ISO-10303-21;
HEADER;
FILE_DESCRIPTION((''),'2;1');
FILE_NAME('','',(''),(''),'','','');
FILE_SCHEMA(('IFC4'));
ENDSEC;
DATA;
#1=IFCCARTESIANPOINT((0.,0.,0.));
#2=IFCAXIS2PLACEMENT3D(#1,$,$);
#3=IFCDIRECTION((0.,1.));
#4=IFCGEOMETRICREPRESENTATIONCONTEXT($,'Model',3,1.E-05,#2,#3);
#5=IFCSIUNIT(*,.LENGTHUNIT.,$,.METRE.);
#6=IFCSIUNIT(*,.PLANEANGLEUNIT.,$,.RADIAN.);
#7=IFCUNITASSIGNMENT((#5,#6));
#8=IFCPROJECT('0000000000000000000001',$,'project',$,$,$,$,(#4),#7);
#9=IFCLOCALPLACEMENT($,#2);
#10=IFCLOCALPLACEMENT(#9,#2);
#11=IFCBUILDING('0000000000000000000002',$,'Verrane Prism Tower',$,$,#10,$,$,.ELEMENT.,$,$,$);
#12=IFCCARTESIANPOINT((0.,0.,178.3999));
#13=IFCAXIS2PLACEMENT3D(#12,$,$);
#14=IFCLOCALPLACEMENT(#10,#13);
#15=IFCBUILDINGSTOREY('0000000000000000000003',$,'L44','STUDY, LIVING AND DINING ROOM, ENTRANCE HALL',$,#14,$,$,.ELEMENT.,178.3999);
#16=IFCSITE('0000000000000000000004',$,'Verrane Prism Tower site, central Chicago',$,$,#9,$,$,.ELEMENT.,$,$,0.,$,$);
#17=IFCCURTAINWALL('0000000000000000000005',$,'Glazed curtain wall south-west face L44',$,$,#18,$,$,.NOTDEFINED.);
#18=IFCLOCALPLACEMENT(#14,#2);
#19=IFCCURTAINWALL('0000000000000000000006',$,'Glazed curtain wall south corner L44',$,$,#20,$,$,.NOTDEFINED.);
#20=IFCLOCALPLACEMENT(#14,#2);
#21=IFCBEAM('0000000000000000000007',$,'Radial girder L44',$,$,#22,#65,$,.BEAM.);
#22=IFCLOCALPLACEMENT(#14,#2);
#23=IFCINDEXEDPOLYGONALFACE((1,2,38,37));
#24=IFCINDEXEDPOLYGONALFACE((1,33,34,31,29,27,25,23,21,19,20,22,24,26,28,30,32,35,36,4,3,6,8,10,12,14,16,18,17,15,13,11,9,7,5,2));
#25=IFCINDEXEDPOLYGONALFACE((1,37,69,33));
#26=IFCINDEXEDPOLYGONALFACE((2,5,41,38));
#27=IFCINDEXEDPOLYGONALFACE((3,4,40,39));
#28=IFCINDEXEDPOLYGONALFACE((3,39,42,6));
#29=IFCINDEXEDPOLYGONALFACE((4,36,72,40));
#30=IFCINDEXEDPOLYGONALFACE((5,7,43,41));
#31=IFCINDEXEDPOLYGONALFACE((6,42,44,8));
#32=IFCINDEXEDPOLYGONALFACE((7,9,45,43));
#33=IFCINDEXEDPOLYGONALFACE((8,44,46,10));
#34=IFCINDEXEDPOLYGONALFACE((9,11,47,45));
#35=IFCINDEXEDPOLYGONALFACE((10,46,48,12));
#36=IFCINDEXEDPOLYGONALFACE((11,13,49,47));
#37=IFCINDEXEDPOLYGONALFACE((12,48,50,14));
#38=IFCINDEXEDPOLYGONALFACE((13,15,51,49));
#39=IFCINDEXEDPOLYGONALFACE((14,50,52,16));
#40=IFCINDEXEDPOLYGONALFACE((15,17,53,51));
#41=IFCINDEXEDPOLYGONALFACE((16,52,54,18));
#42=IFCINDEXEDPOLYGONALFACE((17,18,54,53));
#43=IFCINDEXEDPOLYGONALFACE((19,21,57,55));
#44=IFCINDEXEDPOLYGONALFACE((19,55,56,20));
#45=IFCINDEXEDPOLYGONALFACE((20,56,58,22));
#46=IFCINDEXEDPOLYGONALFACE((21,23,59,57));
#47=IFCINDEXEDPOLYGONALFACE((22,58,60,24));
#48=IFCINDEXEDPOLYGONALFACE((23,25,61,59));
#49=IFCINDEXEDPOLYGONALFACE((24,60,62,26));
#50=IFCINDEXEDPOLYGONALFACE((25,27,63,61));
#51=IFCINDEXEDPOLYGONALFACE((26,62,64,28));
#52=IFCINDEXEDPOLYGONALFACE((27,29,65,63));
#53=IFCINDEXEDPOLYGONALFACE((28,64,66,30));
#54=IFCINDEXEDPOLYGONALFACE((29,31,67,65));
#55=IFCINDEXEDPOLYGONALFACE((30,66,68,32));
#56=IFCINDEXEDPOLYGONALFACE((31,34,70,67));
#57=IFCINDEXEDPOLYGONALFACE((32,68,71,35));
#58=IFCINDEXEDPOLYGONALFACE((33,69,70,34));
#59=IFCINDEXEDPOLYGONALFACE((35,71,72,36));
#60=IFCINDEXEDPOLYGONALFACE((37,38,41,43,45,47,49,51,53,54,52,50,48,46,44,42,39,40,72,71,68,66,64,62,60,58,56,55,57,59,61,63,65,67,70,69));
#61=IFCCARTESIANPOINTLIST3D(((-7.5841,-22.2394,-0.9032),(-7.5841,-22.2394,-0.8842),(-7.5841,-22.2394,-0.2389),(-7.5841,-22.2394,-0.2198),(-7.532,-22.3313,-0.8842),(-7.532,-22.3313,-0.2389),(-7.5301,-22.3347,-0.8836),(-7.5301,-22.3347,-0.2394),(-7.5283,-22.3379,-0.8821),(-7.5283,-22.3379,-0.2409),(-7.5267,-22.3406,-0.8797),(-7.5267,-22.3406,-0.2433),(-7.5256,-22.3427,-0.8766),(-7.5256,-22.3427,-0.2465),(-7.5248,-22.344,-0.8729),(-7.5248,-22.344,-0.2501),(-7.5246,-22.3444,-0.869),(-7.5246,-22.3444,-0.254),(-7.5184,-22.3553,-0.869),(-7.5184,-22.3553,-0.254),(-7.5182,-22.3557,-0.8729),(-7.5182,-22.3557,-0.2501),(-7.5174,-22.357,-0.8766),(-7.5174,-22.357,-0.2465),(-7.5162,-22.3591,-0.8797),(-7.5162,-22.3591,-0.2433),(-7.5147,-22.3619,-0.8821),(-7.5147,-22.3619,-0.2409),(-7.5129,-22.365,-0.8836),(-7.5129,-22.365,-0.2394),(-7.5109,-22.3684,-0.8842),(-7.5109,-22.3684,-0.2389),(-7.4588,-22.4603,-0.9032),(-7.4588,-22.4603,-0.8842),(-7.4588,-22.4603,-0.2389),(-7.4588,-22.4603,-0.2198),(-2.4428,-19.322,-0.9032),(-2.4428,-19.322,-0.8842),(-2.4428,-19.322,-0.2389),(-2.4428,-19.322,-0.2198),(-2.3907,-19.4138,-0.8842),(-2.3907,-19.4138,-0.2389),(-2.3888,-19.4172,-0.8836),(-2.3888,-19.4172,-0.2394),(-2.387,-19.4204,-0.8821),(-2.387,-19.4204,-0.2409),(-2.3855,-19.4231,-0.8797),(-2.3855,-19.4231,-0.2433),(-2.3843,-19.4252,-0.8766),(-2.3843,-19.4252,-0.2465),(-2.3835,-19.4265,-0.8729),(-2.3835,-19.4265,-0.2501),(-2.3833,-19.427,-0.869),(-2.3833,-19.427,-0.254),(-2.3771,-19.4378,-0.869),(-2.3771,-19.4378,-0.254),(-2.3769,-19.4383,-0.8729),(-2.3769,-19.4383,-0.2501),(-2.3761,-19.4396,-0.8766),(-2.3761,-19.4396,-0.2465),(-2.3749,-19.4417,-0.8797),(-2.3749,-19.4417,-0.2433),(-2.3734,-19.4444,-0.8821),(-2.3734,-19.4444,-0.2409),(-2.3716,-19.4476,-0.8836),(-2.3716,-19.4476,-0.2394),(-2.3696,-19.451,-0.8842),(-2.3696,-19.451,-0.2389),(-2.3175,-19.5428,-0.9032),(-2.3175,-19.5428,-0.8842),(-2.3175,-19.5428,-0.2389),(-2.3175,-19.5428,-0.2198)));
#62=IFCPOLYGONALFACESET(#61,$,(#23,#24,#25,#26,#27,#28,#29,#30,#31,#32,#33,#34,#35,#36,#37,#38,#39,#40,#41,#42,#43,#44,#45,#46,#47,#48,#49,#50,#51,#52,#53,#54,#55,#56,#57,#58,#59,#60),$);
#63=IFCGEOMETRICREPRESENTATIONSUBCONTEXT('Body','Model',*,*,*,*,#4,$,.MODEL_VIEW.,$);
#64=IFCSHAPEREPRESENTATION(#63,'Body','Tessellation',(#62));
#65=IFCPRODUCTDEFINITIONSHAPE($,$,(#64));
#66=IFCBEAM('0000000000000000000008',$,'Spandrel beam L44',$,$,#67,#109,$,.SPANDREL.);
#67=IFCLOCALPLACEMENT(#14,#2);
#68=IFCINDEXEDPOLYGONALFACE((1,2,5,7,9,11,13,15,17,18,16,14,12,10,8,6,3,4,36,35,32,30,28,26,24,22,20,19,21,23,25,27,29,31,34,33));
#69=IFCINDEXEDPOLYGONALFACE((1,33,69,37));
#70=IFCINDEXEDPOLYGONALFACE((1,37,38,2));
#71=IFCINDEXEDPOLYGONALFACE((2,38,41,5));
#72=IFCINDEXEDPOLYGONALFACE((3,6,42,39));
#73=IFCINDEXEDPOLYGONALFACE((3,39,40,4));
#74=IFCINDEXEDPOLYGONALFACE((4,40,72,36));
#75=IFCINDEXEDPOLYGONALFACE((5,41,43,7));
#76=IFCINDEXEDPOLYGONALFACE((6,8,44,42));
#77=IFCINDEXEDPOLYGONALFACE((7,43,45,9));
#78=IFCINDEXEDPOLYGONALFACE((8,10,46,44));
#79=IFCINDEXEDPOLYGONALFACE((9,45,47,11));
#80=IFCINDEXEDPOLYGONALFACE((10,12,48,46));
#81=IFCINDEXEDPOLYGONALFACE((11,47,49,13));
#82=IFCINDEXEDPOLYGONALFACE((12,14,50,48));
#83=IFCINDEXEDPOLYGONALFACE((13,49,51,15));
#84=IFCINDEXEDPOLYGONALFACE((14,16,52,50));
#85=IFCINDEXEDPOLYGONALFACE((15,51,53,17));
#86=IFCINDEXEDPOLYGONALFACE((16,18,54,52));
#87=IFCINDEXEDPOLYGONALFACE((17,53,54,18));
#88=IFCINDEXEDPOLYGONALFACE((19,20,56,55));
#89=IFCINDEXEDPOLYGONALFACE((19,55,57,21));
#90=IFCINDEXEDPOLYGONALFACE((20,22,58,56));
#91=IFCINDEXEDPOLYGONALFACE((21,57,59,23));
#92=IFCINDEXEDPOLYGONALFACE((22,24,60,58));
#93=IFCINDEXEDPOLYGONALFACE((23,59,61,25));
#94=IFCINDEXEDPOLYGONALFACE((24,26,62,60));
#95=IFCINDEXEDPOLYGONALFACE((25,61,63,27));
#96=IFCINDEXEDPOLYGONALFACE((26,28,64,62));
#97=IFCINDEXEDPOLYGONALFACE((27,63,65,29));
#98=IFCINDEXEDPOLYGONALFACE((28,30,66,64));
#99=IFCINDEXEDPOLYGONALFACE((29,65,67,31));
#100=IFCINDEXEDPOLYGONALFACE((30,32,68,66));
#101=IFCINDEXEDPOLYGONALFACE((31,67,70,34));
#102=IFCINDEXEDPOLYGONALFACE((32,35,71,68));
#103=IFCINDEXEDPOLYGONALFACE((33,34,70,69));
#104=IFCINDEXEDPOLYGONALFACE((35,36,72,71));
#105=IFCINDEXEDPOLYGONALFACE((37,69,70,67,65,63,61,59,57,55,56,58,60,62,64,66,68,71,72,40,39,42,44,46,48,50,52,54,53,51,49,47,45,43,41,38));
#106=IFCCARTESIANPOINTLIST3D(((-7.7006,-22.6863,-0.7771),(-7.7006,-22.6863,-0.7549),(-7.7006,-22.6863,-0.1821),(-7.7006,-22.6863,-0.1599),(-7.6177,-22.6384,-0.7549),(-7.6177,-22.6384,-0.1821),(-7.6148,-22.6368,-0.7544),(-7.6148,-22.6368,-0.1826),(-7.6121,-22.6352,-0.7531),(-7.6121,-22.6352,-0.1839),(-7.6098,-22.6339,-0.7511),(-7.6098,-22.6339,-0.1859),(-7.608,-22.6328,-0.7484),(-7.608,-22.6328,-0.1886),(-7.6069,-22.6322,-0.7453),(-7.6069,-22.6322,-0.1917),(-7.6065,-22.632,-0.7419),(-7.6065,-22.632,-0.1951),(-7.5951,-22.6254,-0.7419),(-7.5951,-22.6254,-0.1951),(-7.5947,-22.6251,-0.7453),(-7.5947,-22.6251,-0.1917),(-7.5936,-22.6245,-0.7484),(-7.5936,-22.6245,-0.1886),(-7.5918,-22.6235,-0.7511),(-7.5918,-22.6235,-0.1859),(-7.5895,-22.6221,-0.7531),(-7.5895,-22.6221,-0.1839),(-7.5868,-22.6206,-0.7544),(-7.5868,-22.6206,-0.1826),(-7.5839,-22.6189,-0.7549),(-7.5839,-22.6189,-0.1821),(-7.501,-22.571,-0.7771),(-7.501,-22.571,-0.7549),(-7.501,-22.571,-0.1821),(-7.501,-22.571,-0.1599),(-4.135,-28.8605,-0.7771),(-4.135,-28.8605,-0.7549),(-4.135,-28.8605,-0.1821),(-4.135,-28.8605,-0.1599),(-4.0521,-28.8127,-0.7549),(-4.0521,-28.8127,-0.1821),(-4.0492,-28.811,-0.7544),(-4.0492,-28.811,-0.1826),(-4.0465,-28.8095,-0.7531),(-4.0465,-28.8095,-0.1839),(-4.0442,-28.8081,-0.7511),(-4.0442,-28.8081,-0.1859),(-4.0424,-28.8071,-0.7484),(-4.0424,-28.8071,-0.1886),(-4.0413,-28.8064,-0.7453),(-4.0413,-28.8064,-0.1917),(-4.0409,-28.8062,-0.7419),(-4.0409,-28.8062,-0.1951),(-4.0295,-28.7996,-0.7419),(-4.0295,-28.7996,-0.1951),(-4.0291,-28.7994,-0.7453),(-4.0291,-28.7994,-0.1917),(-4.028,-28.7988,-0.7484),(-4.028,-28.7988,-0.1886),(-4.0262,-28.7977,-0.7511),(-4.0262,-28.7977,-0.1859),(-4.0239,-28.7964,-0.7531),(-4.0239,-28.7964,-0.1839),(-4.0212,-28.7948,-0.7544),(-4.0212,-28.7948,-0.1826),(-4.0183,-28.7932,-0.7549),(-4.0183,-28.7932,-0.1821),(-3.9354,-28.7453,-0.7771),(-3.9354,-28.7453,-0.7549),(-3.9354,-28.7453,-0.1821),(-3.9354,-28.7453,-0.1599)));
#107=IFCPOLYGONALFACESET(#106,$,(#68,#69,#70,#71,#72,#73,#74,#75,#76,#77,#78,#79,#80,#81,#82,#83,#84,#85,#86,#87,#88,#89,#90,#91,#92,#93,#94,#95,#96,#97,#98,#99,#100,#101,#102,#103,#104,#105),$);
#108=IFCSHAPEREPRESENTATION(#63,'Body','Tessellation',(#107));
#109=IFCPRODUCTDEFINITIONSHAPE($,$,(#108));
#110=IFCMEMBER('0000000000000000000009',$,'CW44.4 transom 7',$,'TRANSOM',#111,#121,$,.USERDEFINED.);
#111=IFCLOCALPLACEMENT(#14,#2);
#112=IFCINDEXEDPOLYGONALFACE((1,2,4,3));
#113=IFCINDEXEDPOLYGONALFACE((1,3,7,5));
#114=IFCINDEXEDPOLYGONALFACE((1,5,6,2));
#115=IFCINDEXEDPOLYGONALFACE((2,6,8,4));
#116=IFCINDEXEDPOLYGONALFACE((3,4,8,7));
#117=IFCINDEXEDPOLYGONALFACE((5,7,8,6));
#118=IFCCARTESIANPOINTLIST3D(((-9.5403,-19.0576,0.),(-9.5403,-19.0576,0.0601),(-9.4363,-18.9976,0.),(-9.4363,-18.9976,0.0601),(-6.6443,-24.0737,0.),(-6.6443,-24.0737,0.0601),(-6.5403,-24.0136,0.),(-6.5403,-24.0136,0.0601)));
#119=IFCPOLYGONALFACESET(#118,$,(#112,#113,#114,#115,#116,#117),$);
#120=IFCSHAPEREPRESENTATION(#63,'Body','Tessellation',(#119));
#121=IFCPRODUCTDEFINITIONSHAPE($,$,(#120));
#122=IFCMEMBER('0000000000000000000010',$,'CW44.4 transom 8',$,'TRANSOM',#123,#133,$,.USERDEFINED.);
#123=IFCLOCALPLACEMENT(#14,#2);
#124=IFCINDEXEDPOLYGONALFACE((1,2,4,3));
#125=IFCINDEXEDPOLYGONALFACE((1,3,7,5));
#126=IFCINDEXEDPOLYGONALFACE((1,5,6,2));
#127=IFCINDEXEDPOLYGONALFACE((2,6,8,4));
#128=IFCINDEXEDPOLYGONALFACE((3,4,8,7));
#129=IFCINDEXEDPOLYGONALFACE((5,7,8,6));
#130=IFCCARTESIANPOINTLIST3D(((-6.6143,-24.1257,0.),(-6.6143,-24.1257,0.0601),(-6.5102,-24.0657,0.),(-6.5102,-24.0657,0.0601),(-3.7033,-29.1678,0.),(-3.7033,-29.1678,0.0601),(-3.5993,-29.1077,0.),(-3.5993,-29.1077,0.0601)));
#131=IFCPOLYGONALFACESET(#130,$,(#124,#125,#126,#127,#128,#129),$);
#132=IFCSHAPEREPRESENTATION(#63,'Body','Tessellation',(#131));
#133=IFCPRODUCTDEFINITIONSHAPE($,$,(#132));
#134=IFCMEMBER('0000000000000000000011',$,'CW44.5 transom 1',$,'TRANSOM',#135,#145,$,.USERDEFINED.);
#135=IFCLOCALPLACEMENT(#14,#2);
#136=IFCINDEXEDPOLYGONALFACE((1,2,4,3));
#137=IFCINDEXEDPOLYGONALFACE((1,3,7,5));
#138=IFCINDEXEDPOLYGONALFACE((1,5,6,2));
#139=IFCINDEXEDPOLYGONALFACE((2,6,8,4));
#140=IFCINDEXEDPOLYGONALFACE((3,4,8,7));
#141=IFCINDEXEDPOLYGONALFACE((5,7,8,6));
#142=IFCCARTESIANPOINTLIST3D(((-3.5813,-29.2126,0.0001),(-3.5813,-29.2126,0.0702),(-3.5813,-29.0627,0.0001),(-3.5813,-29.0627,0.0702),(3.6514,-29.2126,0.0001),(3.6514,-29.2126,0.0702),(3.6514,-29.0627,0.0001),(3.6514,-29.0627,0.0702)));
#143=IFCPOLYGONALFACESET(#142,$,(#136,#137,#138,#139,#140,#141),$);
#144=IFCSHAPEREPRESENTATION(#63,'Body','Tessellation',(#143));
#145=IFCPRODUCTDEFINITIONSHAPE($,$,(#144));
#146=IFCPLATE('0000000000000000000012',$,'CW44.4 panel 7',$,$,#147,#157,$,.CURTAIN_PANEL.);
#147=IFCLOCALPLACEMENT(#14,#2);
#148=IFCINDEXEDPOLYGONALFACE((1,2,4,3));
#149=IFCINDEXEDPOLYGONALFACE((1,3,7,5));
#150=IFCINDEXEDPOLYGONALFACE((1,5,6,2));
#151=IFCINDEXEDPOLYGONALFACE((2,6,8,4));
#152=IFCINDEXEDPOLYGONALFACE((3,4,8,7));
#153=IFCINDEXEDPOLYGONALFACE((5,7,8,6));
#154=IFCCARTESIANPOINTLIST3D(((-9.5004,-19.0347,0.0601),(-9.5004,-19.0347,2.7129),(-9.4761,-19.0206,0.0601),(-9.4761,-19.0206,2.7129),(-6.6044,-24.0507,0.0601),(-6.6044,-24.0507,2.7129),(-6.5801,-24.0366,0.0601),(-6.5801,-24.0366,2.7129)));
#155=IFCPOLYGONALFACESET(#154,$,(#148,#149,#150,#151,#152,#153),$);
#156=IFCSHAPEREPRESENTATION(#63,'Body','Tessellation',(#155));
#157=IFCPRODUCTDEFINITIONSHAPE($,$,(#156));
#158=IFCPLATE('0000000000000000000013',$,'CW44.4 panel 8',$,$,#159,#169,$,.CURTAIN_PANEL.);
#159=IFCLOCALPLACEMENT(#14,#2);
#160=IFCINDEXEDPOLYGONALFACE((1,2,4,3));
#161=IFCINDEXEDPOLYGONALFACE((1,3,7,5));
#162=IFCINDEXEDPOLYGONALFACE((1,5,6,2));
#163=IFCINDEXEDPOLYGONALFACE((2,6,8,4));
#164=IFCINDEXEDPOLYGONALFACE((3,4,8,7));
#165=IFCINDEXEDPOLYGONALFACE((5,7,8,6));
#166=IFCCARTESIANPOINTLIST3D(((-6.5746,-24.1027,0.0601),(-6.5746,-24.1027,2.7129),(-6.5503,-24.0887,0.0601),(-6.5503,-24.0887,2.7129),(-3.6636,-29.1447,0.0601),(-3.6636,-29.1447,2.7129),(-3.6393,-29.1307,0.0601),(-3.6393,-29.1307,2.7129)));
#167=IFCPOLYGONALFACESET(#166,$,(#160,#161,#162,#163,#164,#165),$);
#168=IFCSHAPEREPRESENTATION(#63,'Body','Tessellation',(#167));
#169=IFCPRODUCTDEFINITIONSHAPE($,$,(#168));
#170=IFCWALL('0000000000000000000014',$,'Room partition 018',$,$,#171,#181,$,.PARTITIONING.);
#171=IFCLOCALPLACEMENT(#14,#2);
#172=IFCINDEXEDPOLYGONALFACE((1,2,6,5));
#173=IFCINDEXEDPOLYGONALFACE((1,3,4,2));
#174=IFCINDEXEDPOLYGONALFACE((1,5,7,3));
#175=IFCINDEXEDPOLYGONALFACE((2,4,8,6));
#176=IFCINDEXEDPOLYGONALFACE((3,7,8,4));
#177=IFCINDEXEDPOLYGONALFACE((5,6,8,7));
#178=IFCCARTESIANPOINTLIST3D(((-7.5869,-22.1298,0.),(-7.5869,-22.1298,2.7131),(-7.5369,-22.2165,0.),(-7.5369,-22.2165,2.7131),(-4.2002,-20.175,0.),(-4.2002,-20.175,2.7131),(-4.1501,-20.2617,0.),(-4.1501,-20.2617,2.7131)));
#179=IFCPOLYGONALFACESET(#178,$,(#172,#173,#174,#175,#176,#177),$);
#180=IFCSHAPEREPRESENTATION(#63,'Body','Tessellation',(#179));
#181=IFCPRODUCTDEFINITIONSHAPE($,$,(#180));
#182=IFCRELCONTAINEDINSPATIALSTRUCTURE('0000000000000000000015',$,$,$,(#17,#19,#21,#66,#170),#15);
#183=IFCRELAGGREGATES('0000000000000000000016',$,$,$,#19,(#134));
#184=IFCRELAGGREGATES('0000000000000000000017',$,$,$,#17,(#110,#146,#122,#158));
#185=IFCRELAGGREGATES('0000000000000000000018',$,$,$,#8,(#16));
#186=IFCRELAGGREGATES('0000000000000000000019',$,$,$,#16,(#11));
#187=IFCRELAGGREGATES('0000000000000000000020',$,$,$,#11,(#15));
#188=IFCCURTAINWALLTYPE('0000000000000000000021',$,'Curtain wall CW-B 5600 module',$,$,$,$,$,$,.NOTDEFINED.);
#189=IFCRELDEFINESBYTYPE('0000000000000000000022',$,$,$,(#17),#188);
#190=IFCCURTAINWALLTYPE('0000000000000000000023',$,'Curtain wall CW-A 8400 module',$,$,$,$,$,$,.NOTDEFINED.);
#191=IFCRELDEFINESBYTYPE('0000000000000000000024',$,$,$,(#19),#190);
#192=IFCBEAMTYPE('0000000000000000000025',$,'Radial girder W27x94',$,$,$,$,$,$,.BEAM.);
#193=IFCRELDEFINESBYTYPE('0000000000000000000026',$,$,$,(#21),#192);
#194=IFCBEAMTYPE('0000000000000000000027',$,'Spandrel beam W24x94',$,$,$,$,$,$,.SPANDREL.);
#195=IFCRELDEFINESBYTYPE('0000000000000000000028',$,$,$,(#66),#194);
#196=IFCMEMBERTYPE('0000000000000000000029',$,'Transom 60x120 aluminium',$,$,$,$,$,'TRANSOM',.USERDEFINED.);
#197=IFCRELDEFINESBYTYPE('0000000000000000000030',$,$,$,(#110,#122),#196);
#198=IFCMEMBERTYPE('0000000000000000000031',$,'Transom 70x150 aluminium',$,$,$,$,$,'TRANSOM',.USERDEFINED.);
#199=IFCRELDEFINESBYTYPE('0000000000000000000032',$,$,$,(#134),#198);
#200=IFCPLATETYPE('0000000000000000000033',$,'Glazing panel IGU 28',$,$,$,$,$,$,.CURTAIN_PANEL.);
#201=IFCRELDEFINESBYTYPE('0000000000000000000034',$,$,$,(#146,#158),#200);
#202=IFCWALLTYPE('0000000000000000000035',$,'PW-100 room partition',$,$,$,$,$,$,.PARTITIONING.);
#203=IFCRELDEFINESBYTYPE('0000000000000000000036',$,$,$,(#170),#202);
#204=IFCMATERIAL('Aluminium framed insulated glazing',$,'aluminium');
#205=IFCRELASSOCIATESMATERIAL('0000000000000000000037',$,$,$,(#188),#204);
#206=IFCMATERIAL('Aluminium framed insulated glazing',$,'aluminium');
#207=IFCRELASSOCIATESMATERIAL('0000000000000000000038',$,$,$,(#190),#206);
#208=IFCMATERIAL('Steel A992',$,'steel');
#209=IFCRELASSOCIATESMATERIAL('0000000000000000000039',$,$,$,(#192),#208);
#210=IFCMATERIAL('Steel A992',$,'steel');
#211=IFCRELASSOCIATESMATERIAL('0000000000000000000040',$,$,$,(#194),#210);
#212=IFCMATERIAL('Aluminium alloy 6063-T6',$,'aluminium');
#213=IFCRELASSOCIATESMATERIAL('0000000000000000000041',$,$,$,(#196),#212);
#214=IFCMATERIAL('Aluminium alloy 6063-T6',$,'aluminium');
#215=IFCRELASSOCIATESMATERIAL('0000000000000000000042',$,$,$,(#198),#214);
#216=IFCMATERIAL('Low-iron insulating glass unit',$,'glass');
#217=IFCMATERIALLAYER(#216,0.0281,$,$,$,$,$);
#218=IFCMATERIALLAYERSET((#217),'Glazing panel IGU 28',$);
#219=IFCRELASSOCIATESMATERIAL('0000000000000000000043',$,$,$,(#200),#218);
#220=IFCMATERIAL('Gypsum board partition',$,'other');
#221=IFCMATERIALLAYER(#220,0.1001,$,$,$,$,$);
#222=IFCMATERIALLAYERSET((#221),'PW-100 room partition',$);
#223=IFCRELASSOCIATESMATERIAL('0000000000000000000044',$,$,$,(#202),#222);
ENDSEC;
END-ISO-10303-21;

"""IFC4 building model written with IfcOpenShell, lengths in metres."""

from ifc_helpers import new_model, si_unit, direction, frame, frame_2d, origin, origin_2d, place, context, subcontext, project, spatial, rectangle, i_section, extrude, material, layer, layer_set, material_profile, profile_set, type_object, element, aggregate, save


model = new_model("IFC4")

# Units and contexts
model_context = context("Model", 3, precision=1e-05, world=origin(), true_north=direction((0.0, 1.0)))
body_context = subcontext(model_context, "Body", "Model", "MODEL_VIEW")
ifc_project = project(units=[si_unit("LENGTHUNIT", "METRE"), si_unit("PLANEANGLEUNIT", "RADIAN")], contexts=[model_context])

# Site, building, storey
site_placement = place(None, origin())
site = spatial("IfcSite", under=ifc_project, at=site_placement, Name="Verrane Prism Tower site, central Chicago", CompositionType="ELEMENT", RefElevation=0.0)
building_placement = place(site_placement, origin())
building = spatial("IfcBuilding", under=site, at=building_placement, Name="Verrane Prism Tower", CompositionType="ELEMENT")
storey_placement = place(building_placement, frame((0.0, 0.0, 178.3999)))
storey = spatial("IfcBuildingStorey", under=building, at=storey_placement, Name="L44", Description="STUDY, LIVING AND DINING ROOM, ENTRANCE HALL", CompositionType="ELEMENT", Elevation=178.3999)

# Curtain wall
ifc_material_1 = material(Name="Aluminium framed insulated glazing", Category="aluminium")
curtain_wall_type_1 = type_object("IfcCurtainWallType", Name="Curtain wall CW-B 5600 module", PredefinedType="NOTDEFINED", material=ifc_material_1)
curtain_wall_1_placement = place(storey_placement, origin())
curtain_wall_1 = element("IfcCurtainWall", 1, at=curtain_wall_1_placement, inside=storey, type_object=curtain_wall_type_1, Name="Glazed curtain wall south-west face L44", PredefinedType="NOTDEFINED")

# Curtain wall
ifc_material_2 = material(Name="Aluminium framed insulated glazing", Category="aluminium")
curtain_wall_type_2 = type_object("IfcCurtainWallType", Name="Curtain wall CW-A 8400 module", PredefinedType="NOTDEFINED", material=ifc_material_2)
curtain_wall_2_placement = place(storey_placement, origin())
curtain_wall_2 = element("IfcCurtainWall", 2, at=curtain_wall_2_placement, inside=storey, type_object=curtain_wall_type_2, Name="Glazed curtain wall south corner L44", PredefinedType="NOTDEFINED")

# Beams
ifc_material_3 = material(Name="Steel A992", Category="steel")
ifc_material_profile_1 = material_profile(ifc_material_3, i_section(OverallWidth=0.2539, OverallDepth=0.6833, WebThickness=0.0125, FlangeThickness=0.019, FilletRadius=0.0151, at=origin_2d()), Name="W27x94")
ifc_profile_set_1 = profile_set([ifc_material_profile_1], Name="Steel A992")
beam_type_1 = type_object("IfcBeamType", Name="Radial girder W27x94", PredefinedType="BEAM", material=ifc_profile_set_1)
beam_1_placement = place(storey_placement, frame((-7.5215, -22.3499, -0.5615), z_axis=(0.869729, 0.49353, 0.0), x_axis=(-0.49353, 0.869729, 0.0)))
element("IfcBeam", 3, at=beam_1_placement, inside=storey, type_object=beam_type_1, Name="Radial girder L44", PredefinedType="BEAM", context=body_context, shape_type="SweptSolid", body=[
    extrude(i_section(OverallWidth=0.2539, OverallDepth=0.6833, WebThickness=0.0125, FlangeThickness=0.019, FilletRadius=0.0151, at=origin_2d()), origin(), (0.0, 0.0, 1.0), 5.9114),
])
ifc_material_4 = material(Name="Steel A992", Category="steel")
ifc_material_profile_2 = material_profile(ifc_material_4, i_section(OverallWidth=0.2305, OverallDepth=0.6172, WebThickness=0.0132, FlangeThickness=0.0222, FilletRadius=0.0129, at=origin_2d()), Name="W24x94")
ifc_profile_set_2 = profile_set([ifc_material_profile_2], Name="Steel A992")
beam_type_2 = type_object("IfcBeamType", Name="Spandrel beam W24x94", PredefinedType="SPANDREL", material=ifc_profile_set_2)
beam_2_placement = place(storey_placement, frame((-7.6008, -22.6287, -0.4685), z_axis=(0.500098, -0.865969, 0.0), x_axis=(0.865969, 0.500098, 0.0)))
element("IfcBeam", 4, at=beam_2_placement, inside=storey, type_object=beam_type_2, Name="Spandrel beam L44", PredefinedType="SPANDREL", context=body_context, shape_type="SweptSolid", body=[
    extrude(i_section(OverallWidth=0.2305, OverallDepth=0.6172, WebThickness=0.0132, FlangeThickness=0.0222, FilletRadius=0.0129, at=origin_2d()), origin(), (0.0, 0.0, 1.0), 7.1299),
])

# Members
ifc_material_5 = material(Name="Aluminium alloy 6063-T6", Category="aluminium")
ifc_material_profile_3 = material_profile(ifc_material_5, rectangle(XDim=0.1201, YDim=0.0601, at=origin_2d()), Name="Transom 60x120 aluminium")
ifc_profile_set_3 = profile_set([ifc_material_profile_3], Name="Aluminium alloy 6063-T6")
member_type_1 = type_object("IfcMemberType", Name="Transom 60x120 aluminium", ElementType="TRANSOM", PredefinedType="USERDEFINED", material=ifc_profile_set_3)
member_1_placement = place(storey_placement, frame((-9.4883, -19.0276, 0.03), z_axis=(0.499992, -0.86603, 0.0), x_axis=(0.86603, 0.499992, 0.0)))
member_1 = element("IfcMember", 5, at=member_1_placement, type_object=member_type_1, Name="CW44.4 transom 7", ObjectType="TRANSOM", PredefinedType="USERDEFINED", context=body_context, shape_type="SweptSolid", body=[
    extrude(rectangle(XDim=0.1201, YDim=0.0601, at=origin_2d()), origin(), (0.0, 0.0, 1.0), 5.792),
])
member_2_placement = place(storey_placement, frame((-6.5623, -24.0957, 0.03), z_axis=(0.499986, -0.866033, 0.0), x_axis=(0.866033, 0.499986, 0.0)))
member_2 = element("IfcMember", 6, at=member_2_placement, type_object=member_type_1, Name="CW44.4 transom 8", ObjectType="TRANSOM", PredefinedType="USERDEFINED", context=body_context, shape_type="SweptSolid", body=[
    extrude(rectangle(XDim=0.1201, YDim=0.0601, at=origin_2d()), origin(), (0.0, 0.0, 1.0), 5.822),
])
ifc_material_6 = material(Name="Aluminium alloy 6063-T6", Category="aluminium")
ifc_material_profile_4 = material_profile(ifc_material_6, rectangle(XDim=0.1499, YDim=0.0701, at=origin_2d()), Name="Transom 70x150 aluminium")
ifc_profile_set_4 = profile_set([ifc_material_profile_4], Name="Aluminium alloy 6063-T6")
member_type_2 = type_object("IfcMemberType", Name="Transom 70x150 aluminium", ElementType="TRANSOM", PredefinedType="USERDEFINED", material=ifc_profile_set_4)
member_3_placement = place(storey_placement, frame((-3.5813, -29.1377, 0.0352), z_axis=(1.0, 0.0, 0.0), x_axis=(0.0, 1.0, 0.0)))
member_3 = element("IfcMember", 7, at=member_3_placement, type_object=member_type_2, Name="CW44.5 transom 1", ObjectType="TRANSOM", PredefinedType="USERDEFINED", context=body_context, shape_type="SweptSolid", body=[
    extrude(rectangle(XDim=0.1499, YDim=0.0701, at=origin_2d()), origin(), (0.0, 0.0, 1.0), 7.2327),
])
aggregate(curtain_wall_2, [member_3])

# Plates
ifc_material_7 = material(Name="Low-iron insulating glass unit", Category="glass")
ifc_layer_1 = layer(ifc_material_7, 0.0281)
ifc_layer_set_1 = layer_set([ifc_layer_1], Name="Glazing panel IGU 28")
plate_type = type_object("IfcPlateType", Name="Glazing panel IGU 28", PredefinedType="CURTAIN_PANEL", material=ifc_layer_set_1)
plate_1_placement = place(storey_placement, frame((-8.0403, -21.5356, 0.0601), z_axis=(0.0, 0.0, 1.0), x_axis=(0.499999, -0.866026, 0.0)))
plate_1 = element("IfcPlate", 8, at=plate_1_placement, type_object=plate_type, Name="CW44.4 panel 7", PredefinedType="CURTAIN_PANEL", context=body_context, shape_type="SweptSolid", body=[
    extrude(rectangle(XDim=5.792, YDim=0.0281, at=origin_2d()), origin(), (0.0, 0.0, 1.0), 2.6528),
])
plate_2_placement = place(storey_placement, frame((-5.1069, -26.6167, 0.0601), z_axis=(0.0, 0.0, 1.0), x_axis=(0.499999, -0.866026, 0.0)))
plate_2 = element("IfcPlate", 9, at=plate_2_placement, type_object=plate_type, Name="CW44.4 panel 8", PredefinedType="CURTAIN_PANEL", context=body_context, shape_type="SweptSolid", body=[
    extrude(rectangle(XDim=5.822, YDim=0.0281, at=origin_2d()), origin(), (0.0, 0.0, 1.0), 2.6528),
])
aggregate(curtain_wall_1, [member_1, plate_1, member_2, plate_2])

# Wall
ifc_material_8 = material(Name="Gypsum board partition", Category="other")
ifc_layer_2 = layer(ifc_material_8, 0.1001)
ifc_layer_set_2 = layer_set([ifc_layer_2], Name="PW-100 room partition")
wall_type = type_object("IfcWallType", Name="PW-100 room partition", PredefinedType="PARTITIONING", material=ifc_layer_set_2)
wall_1_placement = place(storey_placement, frame((-7.5618, -22.1731, 0.0), z_axis=(0.0, 0.0, 1.0), x_axis=(0.86608, 0.499906, 0.0)))
element("IfcWall", 10, at=wall_1_placement, inside=storey, type_object=wall_type, Name="Room partition 018", PredefinedType="PARTITIONING", context=body_context, shape_type="SweptSolid", body=[
    extrude(rectangle(XDim=3.9104, YDim=0.1001, at=frame_2d((1.9551, 0.0))), origin(), (0.0, 0.0, 1.0), 2.7131),
])

save(model, "model.ifc")
